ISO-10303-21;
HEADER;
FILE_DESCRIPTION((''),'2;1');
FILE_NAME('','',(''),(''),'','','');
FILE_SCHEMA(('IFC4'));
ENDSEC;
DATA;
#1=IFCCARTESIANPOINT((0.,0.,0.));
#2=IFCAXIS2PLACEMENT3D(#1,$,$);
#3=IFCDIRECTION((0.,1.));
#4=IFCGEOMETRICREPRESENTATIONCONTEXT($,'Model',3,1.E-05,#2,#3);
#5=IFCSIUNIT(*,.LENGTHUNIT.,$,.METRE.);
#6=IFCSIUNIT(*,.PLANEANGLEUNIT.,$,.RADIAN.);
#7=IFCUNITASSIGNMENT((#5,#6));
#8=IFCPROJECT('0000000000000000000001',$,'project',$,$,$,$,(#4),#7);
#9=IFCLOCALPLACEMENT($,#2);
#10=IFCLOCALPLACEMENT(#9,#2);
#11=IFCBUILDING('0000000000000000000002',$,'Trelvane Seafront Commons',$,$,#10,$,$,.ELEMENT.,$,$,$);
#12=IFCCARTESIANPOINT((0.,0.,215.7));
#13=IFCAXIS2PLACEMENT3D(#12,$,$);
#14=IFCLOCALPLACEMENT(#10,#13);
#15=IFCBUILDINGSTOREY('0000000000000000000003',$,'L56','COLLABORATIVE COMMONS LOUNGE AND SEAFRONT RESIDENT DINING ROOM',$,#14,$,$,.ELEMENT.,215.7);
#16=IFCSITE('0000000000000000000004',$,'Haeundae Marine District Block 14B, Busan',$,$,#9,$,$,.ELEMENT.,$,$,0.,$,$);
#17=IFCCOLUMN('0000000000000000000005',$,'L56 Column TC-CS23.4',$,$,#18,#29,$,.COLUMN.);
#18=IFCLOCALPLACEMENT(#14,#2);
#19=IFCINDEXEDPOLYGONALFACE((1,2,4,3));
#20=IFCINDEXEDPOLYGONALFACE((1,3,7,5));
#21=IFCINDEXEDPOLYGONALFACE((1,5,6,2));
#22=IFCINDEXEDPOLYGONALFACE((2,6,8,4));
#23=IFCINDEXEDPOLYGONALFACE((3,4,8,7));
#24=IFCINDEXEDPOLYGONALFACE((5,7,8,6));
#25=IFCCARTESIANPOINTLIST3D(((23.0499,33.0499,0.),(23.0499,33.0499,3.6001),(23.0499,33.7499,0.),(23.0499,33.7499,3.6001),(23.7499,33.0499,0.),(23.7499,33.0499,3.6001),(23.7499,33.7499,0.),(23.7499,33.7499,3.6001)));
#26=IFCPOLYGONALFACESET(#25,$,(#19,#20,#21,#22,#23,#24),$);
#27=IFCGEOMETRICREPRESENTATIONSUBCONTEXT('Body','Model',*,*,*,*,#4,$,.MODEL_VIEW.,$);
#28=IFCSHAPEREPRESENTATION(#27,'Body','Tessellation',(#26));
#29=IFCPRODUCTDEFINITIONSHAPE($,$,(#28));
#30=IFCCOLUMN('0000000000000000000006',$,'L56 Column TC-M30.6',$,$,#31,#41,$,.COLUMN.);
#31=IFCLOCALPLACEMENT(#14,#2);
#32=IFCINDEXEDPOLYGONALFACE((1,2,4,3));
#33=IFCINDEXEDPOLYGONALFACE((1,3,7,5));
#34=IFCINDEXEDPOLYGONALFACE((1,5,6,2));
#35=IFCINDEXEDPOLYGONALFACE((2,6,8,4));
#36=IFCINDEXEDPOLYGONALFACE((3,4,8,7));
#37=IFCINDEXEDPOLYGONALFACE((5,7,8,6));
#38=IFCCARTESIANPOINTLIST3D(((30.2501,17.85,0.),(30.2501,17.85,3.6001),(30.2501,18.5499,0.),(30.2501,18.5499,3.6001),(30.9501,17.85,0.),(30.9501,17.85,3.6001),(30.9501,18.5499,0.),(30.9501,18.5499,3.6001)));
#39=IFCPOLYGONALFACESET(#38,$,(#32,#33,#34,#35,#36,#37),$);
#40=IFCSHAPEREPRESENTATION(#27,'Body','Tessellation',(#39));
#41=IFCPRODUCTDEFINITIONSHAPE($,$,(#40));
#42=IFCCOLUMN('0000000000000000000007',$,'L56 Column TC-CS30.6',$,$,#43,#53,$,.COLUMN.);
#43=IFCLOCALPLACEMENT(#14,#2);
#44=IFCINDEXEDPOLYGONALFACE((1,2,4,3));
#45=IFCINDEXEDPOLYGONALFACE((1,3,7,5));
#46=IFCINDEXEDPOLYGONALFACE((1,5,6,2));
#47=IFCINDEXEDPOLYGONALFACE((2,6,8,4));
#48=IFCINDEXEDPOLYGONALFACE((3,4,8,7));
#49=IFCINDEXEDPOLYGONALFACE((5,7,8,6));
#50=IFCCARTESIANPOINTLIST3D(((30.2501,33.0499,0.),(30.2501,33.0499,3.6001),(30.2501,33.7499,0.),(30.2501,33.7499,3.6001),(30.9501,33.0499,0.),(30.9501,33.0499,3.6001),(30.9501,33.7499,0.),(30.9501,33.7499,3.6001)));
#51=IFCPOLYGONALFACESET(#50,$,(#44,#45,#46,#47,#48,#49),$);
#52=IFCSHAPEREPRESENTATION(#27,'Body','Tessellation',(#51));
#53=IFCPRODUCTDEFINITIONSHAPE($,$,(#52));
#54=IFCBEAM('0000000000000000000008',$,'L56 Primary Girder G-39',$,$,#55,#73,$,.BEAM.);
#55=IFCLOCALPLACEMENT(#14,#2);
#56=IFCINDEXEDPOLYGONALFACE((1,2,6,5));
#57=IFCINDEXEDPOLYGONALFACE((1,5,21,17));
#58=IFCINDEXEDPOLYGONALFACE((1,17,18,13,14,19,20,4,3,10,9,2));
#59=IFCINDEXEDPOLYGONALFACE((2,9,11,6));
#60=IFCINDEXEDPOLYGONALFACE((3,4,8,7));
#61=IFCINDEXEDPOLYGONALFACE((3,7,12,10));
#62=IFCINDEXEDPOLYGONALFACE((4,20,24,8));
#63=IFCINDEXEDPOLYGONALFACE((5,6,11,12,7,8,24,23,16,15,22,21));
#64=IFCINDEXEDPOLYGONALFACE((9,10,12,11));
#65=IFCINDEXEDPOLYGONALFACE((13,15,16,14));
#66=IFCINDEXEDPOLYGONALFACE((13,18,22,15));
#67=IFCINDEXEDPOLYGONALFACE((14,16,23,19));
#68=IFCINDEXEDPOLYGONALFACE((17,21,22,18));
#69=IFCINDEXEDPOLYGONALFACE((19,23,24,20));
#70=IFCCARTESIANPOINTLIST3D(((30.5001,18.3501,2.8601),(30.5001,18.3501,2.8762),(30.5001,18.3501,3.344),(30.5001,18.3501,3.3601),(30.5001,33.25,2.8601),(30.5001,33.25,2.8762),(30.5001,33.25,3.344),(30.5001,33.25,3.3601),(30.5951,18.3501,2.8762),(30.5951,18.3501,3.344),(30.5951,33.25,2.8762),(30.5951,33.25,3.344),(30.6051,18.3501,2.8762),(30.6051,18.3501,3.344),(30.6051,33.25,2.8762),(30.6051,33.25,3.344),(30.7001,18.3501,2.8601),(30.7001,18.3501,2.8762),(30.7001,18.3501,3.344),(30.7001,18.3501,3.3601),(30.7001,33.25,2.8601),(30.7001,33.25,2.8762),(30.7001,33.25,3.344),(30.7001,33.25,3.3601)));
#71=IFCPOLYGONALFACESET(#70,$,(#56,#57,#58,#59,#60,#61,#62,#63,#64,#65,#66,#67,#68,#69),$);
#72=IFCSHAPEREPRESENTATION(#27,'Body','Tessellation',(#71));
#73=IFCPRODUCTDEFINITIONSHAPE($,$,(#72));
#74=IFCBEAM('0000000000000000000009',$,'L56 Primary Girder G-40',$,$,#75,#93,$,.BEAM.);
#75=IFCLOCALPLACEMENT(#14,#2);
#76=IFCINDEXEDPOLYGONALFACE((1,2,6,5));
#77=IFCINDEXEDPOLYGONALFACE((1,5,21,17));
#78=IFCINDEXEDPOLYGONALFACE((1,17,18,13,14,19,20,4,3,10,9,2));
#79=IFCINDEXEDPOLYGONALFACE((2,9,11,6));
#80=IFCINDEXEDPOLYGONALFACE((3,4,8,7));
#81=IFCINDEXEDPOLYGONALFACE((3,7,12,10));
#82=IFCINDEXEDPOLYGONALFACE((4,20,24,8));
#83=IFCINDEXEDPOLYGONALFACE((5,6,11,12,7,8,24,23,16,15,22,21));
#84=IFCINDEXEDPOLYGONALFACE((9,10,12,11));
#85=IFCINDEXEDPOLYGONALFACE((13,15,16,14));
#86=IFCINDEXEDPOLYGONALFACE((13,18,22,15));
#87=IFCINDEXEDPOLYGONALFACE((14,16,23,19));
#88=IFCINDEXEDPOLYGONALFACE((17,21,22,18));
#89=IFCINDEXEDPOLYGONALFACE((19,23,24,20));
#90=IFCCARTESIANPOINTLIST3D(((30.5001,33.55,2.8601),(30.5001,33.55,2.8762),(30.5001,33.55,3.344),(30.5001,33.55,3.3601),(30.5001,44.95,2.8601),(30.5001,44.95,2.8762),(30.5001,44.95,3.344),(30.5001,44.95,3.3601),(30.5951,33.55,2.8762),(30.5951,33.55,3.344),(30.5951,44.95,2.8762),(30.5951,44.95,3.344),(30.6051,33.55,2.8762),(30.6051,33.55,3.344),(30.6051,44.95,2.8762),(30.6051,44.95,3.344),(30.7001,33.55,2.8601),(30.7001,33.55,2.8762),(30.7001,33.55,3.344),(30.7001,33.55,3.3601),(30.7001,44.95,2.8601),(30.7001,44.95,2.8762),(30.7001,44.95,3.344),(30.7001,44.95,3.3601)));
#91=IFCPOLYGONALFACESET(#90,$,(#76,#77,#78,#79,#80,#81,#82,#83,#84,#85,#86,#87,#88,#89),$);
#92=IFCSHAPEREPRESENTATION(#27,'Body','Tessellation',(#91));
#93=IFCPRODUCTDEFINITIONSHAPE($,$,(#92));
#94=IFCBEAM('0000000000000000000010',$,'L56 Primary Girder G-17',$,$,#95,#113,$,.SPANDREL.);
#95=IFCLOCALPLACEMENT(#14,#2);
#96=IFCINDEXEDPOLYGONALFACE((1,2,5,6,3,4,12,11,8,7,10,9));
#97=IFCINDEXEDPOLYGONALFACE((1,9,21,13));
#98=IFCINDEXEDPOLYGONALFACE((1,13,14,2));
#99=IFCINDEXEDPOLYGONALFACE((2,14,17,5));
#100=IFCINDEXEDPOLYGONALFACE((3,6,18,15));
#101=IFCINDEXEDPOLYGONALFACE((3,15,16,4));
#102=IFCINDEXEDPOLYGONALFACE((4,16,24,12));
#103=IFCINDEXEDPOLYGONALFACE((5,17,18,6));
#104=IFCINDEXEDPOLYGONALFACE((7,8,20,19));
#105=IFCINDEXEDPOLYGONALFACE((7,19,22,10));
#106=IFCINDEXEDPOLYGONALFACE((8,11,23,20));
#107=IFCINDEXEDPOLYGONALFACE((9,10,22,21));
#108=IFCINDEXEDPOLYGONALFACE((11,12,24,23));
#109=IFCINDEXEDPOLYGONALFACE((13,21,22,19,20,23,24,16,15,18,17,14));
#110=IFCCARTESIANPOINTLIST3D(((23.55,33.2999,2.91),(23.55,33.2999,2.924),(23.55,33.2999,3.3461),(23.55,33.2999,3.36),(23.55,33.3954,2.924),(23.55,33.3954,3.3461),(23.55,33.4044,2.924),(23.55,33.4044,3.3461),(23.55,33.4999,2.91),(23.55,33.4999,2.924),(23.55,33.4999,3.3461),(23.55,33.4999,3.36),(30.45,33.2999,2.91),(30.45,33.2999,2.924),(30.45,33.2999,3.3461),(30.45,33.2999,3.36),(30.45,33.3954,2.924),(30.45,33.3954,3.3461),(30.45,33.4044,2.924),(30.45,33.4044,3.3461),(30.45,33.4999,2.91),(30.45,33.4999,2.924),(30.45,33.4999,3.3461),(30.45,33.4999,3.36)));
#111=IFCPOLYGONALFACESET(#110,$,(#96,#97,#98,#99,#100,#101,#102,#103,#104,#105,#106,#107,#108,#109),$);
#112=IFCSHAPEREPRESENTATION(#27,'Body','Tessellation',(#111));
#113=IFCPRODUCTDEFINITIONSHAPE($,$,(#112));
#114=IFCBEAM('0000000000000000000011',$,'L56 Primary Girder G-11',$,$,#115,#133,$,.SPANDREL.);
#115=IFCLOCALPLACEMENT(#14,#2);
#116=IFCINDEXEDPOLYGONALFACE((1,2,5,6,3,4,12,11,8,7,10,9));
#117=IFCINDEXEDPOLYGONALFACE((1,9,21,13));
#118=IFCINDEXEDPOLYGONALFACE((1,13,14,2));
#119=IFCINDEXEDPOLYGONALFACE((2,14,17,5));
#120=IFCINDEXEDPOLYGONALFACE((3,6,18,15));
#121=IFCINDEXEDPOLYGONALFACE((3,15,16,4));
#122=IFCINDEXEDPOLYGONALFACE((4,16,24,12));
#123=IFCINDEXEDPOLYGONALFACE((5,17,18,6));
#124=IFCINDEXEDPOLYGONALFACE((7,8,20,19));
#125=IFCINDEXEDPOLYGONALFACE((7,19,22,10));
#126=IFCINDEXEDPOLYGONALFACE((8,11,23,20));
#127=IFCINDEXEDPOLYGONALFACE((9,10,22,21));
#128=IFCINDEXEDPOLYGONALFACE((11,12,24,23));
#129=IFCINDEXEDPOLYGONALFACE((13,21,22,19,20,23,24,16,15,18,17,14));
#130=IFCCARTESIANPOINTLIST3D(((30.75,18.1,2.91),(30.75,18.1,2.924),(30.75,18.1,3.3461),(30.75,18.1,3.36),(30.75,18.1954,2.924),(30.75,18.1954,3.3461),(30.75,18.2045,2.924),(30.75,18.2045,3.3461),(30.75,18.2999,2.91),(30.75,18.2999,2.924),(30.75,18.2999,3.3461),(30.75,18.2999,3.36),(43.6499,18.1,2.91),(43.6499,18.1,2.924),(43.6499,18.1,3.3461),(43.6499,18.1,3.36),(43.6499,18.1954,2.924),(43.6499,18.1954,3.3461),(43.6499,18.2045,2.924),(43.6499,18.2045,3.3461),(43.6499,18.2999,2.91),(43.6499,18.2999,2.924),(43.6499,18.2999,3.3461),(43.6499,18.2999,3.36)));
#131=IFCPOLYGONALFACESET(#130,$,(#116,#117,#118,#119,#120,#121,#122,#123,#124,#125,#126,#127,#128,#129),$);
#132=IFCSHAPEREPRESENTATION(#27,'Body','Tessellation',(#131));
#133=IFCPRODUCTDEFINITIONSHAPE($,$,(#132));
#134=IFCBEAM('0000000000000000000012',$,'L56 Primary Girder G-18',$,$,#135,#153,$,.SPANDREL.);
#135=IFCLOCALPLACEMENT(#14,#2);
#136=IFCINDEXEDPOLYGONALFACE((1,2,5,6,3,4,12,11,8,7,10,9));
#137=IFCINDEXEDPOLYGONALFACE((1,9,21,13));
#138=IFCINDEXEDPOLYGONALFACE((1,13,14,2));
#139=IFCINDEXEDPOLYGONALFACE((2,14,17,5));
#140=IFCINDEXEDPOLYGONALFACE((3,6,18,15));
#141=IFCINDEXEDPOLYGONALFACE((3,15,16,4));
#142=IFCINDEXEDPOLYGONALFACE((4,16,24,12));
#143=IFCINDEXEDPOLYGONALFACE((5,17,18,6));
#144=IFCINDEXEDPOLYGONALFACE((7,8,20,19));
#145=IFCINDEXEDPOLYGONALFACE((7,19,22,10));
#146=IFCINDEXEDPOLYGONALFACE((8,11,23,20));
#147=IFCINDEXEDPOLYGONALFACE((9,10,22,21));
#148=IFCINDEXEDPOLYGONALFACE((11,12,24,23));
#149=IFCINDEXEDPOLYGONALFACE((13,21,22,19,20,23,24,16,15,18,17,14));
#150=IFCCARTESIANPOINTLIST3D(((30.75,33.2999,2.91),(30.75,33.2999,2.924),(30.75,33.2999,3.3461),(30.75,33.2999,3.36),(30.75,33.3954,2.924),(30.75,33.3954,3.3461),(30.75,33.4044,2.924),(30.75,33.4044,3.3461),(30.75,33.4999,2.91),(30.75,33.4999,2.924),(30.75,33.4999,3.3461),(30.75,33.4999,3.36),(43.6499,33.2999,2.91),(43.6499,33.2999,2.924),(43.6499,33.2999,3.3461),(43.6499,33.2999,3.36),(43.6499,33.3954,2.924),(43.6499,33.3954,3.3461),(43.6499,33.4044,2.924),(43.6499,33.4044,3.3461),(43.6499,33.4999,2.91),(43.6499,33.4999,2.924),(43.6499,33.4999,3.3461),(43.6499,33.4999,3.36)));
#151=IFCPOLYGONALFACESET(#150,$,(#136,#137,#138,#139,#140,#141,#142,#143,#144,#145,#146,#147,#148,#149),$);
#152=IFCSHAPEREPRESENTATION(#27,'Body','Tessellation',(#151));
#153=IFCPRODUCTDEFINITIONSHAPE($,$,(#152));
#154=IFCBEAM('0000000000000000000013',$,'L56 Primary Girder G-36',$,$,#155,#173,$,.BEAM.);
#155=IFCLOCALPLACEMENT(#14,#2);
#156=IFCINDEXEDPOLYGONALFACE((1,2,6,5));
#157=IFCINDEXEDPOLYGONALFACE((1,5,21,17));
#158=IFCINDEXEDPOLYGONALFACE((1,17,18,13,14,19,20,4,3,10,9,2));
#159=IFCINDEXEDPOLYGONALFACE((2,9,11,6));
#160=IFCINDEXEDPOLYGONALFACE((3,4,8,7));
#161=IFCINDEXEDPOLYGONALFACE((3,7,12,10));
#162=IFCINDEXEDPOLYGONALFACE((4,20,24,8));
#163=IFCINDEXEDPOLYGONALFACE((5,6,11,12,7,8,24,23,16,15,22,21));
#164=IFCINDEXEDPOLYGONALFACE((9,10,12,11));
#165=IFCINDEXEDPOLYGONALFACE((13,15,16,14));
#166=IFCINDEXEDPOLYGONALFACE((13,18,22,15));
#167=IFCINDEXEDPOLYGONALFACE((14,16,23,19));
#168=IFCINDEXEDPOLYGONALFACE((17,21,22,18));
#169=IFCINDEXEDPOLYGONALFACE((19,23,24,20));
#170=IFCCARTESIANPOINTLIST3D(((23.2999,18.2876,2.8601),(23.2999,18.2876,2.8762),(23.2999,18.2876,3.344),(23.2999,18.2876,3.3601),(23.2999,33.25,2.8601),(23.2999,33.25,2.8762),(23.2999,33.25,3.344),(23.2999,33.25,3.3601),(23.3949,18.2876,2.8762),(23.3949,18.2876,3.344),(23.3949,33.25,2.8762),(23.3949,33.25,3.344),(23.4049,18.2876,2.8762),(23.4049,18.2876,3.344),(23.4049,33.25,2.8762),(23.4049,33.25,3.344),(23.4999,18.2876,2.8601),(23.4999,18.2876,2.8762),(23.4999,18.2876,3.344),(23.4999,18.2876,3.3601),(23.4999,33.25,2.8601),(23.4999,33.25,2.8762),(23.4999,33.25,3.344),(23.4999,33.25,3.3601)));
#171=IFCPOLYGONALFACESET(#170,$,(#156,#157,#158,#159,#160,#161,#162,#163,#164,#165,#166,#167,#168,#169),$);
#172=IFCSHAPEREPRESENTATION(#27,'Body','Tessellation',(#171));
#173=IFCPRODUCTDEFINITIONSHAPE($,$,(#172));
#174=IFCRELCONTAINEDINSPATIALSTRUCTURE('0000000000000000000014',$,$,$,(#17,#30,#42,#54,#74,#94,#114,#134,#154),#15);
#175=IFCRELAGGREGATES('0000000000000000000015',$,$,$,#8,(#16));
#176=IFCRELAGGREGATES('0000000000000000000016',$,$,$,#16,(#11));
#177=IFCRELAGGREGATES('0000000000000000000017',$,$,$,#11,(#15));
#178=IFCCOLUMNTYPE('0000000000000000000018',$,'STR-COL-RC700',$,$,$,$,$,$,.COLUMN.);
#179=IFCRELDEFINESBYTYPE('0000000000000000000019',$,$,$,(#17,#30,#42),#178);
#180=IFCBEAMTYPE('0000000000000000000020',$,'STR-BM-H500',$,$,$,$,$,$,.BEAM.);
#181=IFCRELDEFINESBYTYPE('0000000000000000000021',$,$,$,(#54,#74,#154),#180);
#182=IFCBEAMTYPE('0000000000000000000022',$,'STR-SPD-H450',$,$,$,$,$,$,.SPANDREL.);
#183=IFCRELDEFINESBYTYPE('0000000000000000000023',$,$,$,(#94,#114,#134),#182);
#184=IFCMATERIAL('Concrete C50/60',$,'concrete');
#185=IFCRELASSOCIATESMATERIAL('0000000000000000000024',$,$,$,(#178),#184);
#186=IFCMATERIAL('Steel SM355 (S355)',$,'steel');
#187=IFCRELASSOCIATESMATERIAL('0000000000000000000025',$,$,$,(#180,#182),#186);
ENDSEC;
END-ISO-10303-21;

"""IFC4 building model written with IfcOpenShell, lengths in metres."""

from ifc_helpers import new_model, si_unit, direction, frame, origin, origin_2d, place, context, subcontext, project, spatial, rectangle, i_section, extrude, source, transform, mapped, material, material_profile, profile_set, type_object, element, save


model = new_model("IFC4")

# Units and contexts
model_context = context("Model", 3, precision=1e-05, world=origin(), true_north=direction((0.0, 1.0)))
body_context = subcontext(model_context, "Body", "Model", "MODEL_VIEW")
ifc_project = project(units=[si_unit("LENGTHUNIT", "METRE"), si_unit("PLANEANGLEUNIT", "RADIAN")], contexts=[model_context])

# Site, building, storey
site_placement = place(None, origin())
site = spatial("IfcSite", under=ifc_project, at=site_placement, Name="Haeundae Marine District Block 14B, Busan", CompositionType="ELEMENT", RefElevation=0.0)
building_placement = place(site_placement, origin())
building = spatial("IfcBuilding", under=site, at=building_placement, Name="Trelvane Seafront Commons", CompositionType="ELEMENT")
storey_placement = place(building_placement, frame((0.0, 0.0, 215.7)))
storey = spatial("IfcBuildingStorey", under=building, at=storey_placement, Name="L56", Description="COLLABORATIVE COMMONS LOUNGE AND SEAFRONT RESIDENT DINING ROOM", CompositionType="ELEMENT", Elevation=215.7)

# Columns
ifc_material_1 = material(Name="Concrete C50/60", Category="concrete")
ifc_material_profile_1 = material_profile(ifc_material_1, rectangle(XDim=0.7, YDim=0.7, at=origin_2d()), Name="RC-700x700")
ifc_profile_set_1 = profile_set([ifc_material_profile_1], Name="Concrete C50/60")
column_type = type_object("IfcColumnType", Name="STR-COL-RC700", PredefinedType="COLUMN", material=ifc_profile_set_1)
shared_shape_1 = source(origin(), body_context, "Body", "SweptSolid", [
    extrude(rectangle(XDim=0.7, YDim=0.7, at=origin_2d()), origin(), (0.0, 0.0, 1.0), 3.6001),
])
for number, where, z_axis, x_axis, name in (
    (1, (23.3999, 33.3999, 0.0), (0.0, 0.0, 1.0), (1.0, 0.0, 0.0), "L56 Column TC-CS23.4"),
    (2, (30.6001, 18.2, 0.0), (0.0, 0.0, 1.0), (1.0, 0.0, 0.0), "L56 Column TC-M30.6"),
    (3, (30.6001, 33.3999, 0.0), (0.0, 0.0, 1.0), (1.0, 0.0, 0.0), "L56 Column TC-CS30.6"),
):
    element("IfcColumn", number, at=place(storey_placement, frame(where, z_axis=z_axis, x_axis=x_axis)), inside=storey, type_object=column_type, Name=name, PredefinedType="COLUMN", context=body_context, shape_type="MappedRepresentation", body=[
        mapped(shared_shape_1, transform((0.0, 0.0, 0.0), x_axis=(1.0, 0.0, 0.0), y_axis=(0.0, 1.0, 0.0), z_axis=(0.0, 0.0, 1.0), scale=1.0)),
    ])

# Beams
ifc_material_2 = material(Name="Steel SM355 (S355)", Category="steel")
ifc_material_profile_2 = material_profile(ifc_material_2, i_section(OverallWidth=0.2, OverallDepth=0.5, WebThickness=0.01, FlangeThickness=0.0161, at=origin_2d()), Name="H-500x200x10x16")
ifc_profile_set_2 = profile_set([ifc_material_profile_2], Name="Steel SM355 (S355)")
beam_type_1 = type_object("IfcBeamType", Name="STR-BM-H500", PredefinedType="BEAM", material=ifc_profile_set_2)
shared_shape_2 = source(origin(), body_context, "Body", "SweptSolid", [
    extrude(i_section(OverallWidth=0.2, OverallDepth=0.5, WebThickness=0.01, FlangeThickness=0.0161, at=origin_2d()), origin(), (0.0, 0.0, 1.0), 14.8999),
])
beam_1_placement = place(storey_placement, frame((30.6001, 18.3501, 3.1101), z_axis=(0.0, 1.0, 0.0), x_axis=(-1.0, 0.0, 0.0)))
element("IfcBeam", 4, at=beam_1_placement, inside=storey, type_object=beam_type_1, Name="L56 Primary Girder G-39", PredefinedType="BEAM", context=body_context, shape_type="MappedRepresentation", body=[
    mapped(shared_shape_2, transform((0.0, 0.0, 0.0), x_axis=(1.0, 0.0, 0.0), y_axis=(0.0, 1.0, 0.0), z_axis=(0.0, 0.0, 1.0), scale=1.0)),
])
shared_shape_3 = source(origin(), body_context, "Body", "SweptSolid", [
    extrude(i_section(OverallWidth=0.2, OverallDepth=0.5, WebThickness=0.01, FlangeThickness=0.0161, at=origin_2d()), origin(), (0.0, 0.0, 1.0), 11.3999),
])
beam_2_placement = place(storey_placement, frame((30.6001, 33.55, 3.1101), z_axis=(0.0, 1.0, 0.0), x_axis=(-1.0, 0.0, 0.0)))
element("IfcBeam", 5, at=beam_2_placement, inside=storey, type_object=beam_type_1, Name="L56 Primary Girder G-40", PredefinedType="BEAM", context=body_context, shape_type="MappedRepresentation", body=[
    mapped(shared_shape_3, transform((0.0, 0.0, 0.0), x_axis=(1.0, 0.0, 0.0), y_axis=(0.0, 1.0, 0.0), z_axis=(0.0, 0.0, 1.0), scale=1.0)),
])
ifc_material_profile_3 = material_profile(ifc_material_2, i_section(OverallWidth=0.2, OverallDepth=0.45, WebThickness=0.009, FlangeThickness=0.0139, at=origin_2d()), Name="H-450x200x9x14")
ifc_profile_set_3 = profile_set([ifc_material_profile_3], Name="Steel SM355 (S355)")
beam_type_2 = type_object("IfcBeamType", Name="STR-SPD-H450", PredefinedType="SPANDREL", material=ifc_profile_set_3)
shared_shape_4 = source(origin(), body_context, "Body", "SweptSolid", [
    extrude(i_section(OverallWidth=0.2, OverallDepth=0.45, WebThickness=0.009, FlangeThickness=0.0139, at=origin_2d()), origin(), (0.0, 0.0, 1.0), 6.8999),
])
beam_3_placement = place(storey_placement, frame((23.55, 33.3999, 3.135), z_axis=(1.0, 0.0, 0.0), x_axis=(0.0, 1.0, 0.0)))
element("IfcBeam", 6, at=beam_3_placement, inside=storey, type_object=beam_type_2, Name="L56 Primary Girder G-17", PredefinedType="SPANDREL", context=body_context, shape_type="MappedRepresentation", body=[
    mapped(shared_shape_4, transform((0.0, 0.0, 0.0), x_axis=(1.0, 0.0, 0.0), y_axis=(0.0, 1.0, 0.0), z_axis=(0.0, 0.0, 1.0), scale=1.0)),
])
shared_shape_5 = source(origin(), body_context, "Body", "SweptSolid", [
    extrude(i_section(OverallWidth=0.2, OverallDepth=0.45, WebThickness=0.009, FlangeThickness=0.0139, at=origin_2d()), origin(), (0.0, 0.0, 1.0), 12.8999),
])
for number, where, z_axis, x_axis, name in (
    (7, (30.75, 18.2, 3.135), (1.0, 0.0, 0.0), (0.0, 1.0, 0.0), "L56 Primary Girder G-11"),
    (8, (30.75, 33.3999, 3.135), (1.0, 0.0, 0.0), (0.0, 1.0, 0.0), "L56 Primary Girder G-18"),
):
    element("IfcBeam", number, at=place(storey_placement, frame(where, z_axis=z_axis, x_axis=x_axis)), inside=storey, type_object=beam_type_2, Name=name, PredefinedType="SPANDREL", context=body_context, shape_type="MappedRepresentation", body=[
        mapped(shared_shape_5, transform((0.0, 0.0, 0.0), x_axis=(1.0, 0.0, 0.0), y_axis=(0.0, 1.0, 0.0), z_axis=(0.0, 0.0, 1.0), scale=1.0)),
    ])
shared_shape_6 = source(origin(), body_context, "Body", "SweptSolid", [
    extrude(i_section(OverallWidth=0.2, OverallDepth=0.5, WebThickness=0.01, FlangeThickness=0.0161, at=origin_2d()), origin(), (0.0, 0.0, 1.0), 14.9624),
])
beam_4_placement = place(storey_placement, frame((23.3999, 18.2876, 3.1101), z_axis=(0.0, 1.0, 0.0), x_axis=(-1.0, 0.0, 0.0)))
element("IfcBeam", 9, at=beam_4_placement, inside=storey, type_object=beam_type_1, Name="L56 Primary Girder G-36", PredefinedType="BEAM", context=body_context, shape_type="MappedRepresentation", body=[
    mapped(shared_shape_6, transform((0.0, 0.0, 0.0), x_axis=(1.0, 0.0, 0.0), y_axis=(0.0, 1.0, 0.0), z_axis=(0.0, 0.0, 1.0), scale=1.0)),
])

save(model, "model.ifc")
